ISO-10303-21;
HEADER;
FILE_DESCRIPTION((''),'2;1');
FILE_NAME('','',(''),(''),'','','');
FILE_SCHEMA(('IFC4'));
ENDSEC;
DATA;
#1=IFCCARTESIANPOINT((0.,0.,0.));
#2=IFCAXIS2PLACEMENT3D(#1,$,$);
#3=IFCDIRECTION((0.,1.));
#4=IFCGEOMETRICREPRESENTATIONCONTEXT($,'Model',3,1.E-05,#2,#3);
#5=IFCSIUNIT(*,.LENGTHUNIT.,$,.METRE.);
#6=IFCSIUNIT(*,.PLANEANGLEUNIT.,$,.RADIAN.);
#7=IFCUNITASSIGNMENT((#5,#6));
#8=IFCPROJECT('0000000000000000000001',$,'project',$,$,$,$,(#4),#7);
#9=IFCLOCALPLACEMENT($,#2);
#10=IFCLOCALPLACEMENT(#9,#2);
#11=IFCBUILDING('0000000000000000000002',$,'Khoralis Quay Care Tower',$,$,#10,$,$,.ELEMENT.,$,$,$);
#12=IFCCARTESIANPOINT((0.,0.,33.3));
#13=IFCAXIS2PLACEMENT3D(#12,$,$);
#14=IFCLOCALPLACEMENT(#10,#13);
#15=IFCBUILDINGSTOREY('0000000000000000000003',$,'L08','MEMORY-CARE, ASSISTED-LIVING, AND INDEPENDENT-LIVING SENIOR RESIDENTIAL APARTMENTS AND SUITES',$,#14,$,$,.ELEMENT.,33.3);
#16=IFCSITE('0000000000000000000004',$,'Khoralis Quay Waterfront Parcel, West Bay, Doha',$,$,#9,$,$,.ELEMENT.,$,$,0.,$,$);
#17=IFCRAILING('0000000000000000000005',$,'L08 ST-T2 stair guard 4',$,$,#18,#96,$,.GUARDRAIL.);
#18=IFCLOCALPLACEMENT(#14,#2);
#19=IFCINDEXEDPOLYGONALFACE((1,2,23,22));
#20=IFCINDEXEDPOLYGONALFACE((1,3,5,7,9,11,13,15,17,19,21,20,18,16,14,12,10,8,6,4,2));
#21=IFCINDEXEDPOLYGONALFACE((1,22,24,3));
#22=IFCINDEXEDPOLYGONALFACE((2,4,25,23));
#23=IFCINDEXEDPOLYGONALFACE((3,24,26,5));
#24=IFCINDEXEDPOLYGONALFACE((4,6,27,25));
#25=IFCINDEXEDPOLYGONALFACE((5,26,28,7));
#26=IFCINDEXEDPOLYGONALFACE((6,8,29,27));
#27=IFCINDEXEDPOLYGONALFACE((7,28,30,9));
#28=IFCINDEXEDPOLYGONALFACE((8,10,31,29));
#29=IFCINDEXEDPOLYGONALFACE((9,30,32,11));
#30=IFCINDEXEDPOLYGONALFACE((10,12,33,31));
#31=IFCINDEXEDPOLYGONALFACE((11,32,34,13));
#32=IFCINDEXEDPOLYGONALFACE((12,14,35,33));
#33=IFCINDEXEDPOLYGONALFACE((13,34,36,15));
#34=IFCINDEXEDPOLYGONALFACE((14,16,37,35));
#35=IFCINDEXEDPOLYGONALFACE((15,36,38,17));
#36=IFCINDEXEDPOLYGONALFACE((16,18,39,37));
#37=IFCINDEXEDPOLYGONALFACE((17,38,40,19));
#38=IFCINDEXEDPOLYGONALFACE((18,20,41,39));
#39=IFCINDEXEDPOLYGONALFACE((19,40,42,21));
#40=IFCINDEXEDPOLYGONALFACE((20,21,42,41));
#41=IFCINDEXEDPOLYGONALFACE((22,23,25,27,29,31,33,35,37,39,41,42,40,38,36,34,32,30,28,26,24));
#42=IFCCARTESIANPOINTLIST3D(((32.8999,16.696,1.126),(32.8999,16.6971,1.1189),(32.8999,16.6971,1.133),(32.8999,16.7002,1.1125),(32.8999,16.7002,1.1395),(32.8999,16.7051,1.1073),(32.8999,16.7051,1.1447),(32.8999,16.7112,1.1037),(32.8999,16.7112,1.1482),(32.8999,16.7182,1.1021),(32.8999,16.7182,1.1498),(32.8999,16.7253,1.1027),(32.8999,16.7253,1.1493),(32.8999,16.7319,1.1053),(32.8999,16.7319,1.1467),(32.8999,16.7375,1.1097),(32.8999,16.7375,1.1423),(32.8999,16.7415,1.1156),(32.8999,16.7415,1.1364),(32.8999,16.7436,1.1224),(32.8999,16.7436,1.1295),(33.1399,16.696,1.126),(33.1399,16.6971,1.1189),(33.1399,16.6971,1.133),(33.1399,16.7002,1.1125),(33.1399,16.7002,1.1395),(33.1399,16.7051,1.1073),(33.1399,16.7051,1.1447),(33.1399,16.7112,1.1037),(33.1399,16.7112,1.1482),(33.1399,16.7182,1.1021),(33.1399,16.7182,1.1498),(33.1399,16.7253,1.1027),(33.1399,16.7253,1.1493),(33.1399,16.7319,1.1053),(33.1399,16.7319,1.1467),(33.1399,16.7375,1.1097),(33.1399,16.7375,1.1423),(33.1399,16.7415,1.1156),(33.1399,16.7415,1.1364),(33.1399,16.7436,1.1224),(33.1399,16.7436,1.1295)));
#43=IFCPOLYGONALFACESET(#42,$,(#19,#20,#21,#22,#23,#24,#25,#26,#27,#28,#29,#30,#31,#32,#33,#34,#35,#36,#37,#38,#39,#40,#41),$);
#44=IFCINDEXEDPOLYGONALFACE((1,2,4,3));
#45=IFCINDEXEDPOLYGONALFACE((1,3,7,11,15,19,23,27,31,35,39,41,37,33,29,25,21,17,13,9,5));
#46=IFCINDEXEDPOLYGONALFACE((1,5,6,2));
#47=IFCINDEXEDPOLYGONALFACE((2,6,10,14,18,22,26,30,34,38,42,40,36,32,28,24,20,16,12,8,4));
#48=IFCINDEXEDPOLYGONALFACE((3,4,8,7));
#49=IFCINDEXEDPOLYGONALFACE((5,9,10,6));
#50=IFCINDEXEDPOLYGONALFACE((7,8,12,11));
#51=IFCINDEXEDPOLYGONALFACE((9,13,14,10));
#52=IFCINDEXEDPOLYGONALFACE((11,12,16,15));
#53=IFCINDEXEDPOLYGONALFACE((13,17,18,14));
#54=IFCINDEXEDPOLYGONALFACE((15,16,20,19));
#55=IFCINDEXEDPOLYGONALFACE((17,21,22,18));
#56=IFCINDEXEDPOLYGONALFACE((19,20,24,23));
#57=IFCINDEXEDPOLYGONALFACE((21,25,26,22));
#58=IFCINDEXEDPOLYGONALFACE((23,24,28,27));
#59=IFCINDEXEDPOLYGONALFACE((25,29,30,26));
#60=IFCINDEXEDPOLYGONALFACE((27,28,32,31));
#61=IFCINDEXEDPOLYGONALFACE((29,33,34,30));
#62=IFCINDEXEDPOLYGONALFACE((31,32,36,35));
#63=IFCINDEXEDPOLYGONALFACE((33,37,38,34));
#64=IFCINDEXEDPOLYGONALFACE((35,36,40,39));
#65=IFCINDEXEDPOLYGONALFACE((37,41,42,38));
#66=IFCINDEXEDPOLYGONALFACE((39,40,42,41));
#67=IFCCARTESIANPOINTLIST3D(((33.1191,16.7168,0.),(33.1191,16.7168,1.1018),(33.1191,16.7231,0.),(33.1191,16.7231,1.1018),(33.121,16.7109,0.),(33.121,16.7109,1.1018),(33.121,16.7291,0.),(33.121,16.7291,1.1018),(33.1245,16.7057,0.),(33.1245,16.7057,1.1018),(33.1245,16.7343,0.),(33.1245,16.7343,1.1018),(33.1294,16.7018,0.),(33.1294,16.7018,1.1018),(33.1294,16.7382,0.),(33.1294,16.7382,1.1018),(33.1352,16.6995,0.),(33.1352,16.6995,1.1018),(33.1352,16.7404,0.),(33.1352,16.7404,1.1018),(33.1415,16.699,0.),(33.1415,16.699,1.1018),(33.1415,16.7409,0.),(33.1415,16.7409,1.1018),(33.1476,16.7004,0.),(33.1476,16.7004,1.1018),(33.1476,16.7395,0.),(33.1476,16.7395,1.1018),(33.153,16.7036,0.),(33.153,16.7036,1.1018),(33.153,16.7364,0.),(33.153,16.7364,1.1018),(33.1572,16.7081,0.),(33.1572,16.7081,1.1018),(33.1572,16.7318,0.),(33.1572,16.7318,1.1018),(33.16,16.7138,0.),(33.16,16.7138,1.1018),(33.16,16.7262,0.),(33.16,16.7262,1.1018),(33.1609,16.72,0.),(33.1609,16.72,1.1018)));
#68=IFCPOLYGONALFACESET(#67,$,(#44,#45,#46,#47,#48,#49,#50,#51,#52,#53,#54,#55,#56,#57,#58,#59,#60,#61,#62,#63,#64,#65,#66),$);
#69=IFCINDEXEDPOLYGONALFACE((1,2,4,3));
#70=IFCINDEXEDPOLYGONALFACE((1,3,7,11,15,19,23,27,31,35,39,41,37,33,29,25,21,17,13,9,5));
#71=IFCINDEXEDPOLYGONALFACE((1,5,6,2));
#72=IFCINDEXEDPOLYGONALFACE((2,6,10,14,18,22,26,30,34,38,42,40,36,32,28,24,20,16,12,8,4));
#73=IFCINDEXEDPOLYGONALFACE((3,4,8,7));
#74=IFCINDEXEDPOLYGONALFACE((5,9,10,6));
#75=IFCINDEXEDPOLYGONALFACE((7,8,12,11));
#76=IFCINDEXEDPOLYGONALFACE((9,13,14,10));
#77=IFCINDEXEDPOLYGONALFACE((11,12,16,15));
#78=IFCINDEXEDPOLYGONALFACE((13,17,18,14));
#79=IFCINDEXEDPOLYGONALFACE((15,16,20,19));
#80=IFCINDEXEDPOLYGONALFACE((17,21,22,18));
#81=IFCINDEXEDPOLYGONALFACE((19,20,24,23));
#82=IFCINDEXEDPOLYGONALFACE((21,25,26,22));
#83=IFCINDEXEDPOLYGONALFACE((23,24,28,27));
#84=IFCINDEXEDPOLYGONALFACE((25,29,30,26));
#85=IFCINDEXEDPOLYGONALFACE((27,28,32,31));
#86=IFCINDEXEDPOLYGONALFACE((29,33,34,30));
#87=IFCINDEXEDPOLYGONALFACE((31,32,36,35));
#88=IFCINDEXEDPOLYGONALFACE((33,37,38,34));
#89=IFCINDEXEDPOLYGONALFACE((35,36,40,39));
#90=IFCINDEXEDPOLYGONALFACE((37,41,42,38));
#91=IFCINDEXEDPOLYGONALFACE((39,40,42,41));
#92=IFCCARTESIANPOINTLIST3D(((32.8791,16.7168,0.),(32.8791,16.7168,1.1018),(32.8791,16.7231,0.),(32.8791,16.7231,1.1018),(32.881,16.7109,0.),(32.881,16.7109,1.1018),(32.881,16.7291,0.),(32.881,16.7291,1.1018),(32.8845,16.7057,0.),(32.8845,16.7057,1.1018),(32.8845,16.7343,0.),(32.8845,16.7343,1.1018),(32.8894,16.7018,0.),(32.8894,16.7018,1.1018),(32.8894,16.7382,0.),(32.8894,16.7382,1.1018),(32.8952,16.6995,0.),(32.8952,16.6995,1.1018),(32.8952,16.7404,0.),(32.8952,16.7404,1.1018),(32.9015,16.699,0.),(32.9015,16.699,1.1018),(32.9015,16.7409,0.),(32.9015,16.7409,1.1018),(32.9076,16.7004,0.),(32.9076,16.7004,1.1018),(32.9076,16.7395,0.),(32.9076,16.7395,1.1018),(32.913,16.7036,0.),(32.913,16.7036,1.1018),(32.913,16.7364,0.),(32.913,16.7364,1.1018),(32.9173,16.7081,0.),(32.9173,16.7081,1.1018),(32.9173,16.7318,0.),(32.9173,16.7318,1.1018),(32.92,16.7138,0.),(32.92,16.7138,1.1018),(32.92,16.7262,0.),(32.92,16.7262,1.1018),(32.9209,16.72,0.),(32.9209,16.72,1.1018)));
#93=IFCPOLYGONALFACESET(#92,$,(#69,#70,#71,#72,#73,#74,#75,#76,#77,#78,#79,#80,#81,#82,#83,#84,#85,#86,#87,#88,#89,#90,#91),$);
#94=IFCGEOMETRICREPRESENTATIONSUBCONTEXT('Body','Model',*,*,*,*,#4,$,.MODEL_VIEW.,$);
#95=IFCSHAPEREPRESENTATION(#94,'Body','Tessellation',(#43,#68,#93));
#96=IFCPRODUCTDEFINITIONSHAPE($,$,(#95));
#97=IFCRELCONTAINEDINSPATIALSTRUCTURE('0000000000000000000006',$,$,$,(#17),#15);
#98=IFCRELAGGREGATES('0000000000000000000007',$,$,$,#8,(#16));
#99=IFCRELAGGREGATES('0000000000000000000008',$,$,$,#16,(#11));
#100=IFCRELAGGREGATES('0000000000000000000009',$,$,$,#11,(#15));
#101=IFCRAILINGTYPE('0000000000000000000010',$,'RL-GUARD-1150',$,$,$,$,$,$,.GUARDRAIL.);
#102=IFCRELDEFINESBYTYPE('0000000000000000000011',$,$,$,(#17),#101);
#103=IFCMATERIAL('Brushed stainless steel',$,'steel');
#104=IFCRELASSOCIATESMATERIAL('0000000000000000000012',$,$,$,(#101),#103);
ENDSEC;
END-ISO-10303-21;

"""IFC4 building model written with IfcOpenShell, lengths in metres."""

from ifc_helpers import new_model, si_unit, direction, frame, origin, origin_2d, place, context, subcontext, project, spatial, circle, extrude, material, type_object, element, save


model = new_model("IFC4")

# Units and contexts
model_context = context("Model", 3, precision=1e-05, world=origin(), true_north=direction((0.0, 1.0)))
body_context = subcontext(model_context, "Body", "Model", "MODEL_VIEW")
ifc_project = project(units=[si_unit("LENGTHUNIT", "METRE"), si_unit("PLANEANGLEUNIT", "RADIAN")], contexts=[model_context])

# Site, building, storey
site_placement = place(None, origin())
site = spatial("IfcSite", under=ifc_project, at=site_placement, Name="Khoralis Quay Waterfront Parcel, West Bay, Doha", CompositionType="ELEMENT", RefElevation=0.0)
building_placement = place(site_placement, origin())
building = spatial("IfcBuilding", under=site, at=building_placement, Name="Khoralis Quay Care Tower", CompositionType="ELEMENT")
storey_placement = place(building_placement, frame((0.0, 0.0, 33.3)))
storey = spatial("IfcBuildingStorey", under=building, at=storey_placement, Name="L08", Description="MEMORY-CARE, ASSISTED-LIVING, AND INDEPENDENT-LIVING SENIOR RESIDENTIAL APARTMENTS AND SUITES", CompositionType="ELEMENT", Elevation=33.3)

# Shared definitions
ifc_material_1 = material(Name="Brushed stainless steel", Category="steel")

# Railing
railing_type_1 = type_object("IfcRailingType", Name="RL-GUARD-1150", PredefinedType="GUARDRAIL", material=ifc_material_1)
railing_1_placement = place(storey_placement, frame((33.1399, 16.72, 0.0)))
element("IfcRailing", 1, at=railing_1_placement, inside=storey, type_object=railing_type_1, Name="L08 ST-T2 stair guard 4", PredefinedType="GUARDRAIL", context=body_context, shape_type="SweptSolid", body=[
    extrude(circle(Radius=0.0239, at=origin_2d()), frame((0.0, 0.0, 1.126), z_axis=(-1.0, 0.0, 0.0), x_axis=(0.0, -1.0, 0.0)), (0.0, 0.0, 1.0), 0.24),
    extrude(circle(Radius=0.021, at=origin_2d()), origin(), (0.0, 0.0, 1.0), 1.1018),
    extrude(circle(Radius=0.021, at=origin_2d()), frame((-0.24, 0.0, 0.0)), (0.0, 0.0, 1.0), 1.1018),
])

save(model, "model.ifc")
